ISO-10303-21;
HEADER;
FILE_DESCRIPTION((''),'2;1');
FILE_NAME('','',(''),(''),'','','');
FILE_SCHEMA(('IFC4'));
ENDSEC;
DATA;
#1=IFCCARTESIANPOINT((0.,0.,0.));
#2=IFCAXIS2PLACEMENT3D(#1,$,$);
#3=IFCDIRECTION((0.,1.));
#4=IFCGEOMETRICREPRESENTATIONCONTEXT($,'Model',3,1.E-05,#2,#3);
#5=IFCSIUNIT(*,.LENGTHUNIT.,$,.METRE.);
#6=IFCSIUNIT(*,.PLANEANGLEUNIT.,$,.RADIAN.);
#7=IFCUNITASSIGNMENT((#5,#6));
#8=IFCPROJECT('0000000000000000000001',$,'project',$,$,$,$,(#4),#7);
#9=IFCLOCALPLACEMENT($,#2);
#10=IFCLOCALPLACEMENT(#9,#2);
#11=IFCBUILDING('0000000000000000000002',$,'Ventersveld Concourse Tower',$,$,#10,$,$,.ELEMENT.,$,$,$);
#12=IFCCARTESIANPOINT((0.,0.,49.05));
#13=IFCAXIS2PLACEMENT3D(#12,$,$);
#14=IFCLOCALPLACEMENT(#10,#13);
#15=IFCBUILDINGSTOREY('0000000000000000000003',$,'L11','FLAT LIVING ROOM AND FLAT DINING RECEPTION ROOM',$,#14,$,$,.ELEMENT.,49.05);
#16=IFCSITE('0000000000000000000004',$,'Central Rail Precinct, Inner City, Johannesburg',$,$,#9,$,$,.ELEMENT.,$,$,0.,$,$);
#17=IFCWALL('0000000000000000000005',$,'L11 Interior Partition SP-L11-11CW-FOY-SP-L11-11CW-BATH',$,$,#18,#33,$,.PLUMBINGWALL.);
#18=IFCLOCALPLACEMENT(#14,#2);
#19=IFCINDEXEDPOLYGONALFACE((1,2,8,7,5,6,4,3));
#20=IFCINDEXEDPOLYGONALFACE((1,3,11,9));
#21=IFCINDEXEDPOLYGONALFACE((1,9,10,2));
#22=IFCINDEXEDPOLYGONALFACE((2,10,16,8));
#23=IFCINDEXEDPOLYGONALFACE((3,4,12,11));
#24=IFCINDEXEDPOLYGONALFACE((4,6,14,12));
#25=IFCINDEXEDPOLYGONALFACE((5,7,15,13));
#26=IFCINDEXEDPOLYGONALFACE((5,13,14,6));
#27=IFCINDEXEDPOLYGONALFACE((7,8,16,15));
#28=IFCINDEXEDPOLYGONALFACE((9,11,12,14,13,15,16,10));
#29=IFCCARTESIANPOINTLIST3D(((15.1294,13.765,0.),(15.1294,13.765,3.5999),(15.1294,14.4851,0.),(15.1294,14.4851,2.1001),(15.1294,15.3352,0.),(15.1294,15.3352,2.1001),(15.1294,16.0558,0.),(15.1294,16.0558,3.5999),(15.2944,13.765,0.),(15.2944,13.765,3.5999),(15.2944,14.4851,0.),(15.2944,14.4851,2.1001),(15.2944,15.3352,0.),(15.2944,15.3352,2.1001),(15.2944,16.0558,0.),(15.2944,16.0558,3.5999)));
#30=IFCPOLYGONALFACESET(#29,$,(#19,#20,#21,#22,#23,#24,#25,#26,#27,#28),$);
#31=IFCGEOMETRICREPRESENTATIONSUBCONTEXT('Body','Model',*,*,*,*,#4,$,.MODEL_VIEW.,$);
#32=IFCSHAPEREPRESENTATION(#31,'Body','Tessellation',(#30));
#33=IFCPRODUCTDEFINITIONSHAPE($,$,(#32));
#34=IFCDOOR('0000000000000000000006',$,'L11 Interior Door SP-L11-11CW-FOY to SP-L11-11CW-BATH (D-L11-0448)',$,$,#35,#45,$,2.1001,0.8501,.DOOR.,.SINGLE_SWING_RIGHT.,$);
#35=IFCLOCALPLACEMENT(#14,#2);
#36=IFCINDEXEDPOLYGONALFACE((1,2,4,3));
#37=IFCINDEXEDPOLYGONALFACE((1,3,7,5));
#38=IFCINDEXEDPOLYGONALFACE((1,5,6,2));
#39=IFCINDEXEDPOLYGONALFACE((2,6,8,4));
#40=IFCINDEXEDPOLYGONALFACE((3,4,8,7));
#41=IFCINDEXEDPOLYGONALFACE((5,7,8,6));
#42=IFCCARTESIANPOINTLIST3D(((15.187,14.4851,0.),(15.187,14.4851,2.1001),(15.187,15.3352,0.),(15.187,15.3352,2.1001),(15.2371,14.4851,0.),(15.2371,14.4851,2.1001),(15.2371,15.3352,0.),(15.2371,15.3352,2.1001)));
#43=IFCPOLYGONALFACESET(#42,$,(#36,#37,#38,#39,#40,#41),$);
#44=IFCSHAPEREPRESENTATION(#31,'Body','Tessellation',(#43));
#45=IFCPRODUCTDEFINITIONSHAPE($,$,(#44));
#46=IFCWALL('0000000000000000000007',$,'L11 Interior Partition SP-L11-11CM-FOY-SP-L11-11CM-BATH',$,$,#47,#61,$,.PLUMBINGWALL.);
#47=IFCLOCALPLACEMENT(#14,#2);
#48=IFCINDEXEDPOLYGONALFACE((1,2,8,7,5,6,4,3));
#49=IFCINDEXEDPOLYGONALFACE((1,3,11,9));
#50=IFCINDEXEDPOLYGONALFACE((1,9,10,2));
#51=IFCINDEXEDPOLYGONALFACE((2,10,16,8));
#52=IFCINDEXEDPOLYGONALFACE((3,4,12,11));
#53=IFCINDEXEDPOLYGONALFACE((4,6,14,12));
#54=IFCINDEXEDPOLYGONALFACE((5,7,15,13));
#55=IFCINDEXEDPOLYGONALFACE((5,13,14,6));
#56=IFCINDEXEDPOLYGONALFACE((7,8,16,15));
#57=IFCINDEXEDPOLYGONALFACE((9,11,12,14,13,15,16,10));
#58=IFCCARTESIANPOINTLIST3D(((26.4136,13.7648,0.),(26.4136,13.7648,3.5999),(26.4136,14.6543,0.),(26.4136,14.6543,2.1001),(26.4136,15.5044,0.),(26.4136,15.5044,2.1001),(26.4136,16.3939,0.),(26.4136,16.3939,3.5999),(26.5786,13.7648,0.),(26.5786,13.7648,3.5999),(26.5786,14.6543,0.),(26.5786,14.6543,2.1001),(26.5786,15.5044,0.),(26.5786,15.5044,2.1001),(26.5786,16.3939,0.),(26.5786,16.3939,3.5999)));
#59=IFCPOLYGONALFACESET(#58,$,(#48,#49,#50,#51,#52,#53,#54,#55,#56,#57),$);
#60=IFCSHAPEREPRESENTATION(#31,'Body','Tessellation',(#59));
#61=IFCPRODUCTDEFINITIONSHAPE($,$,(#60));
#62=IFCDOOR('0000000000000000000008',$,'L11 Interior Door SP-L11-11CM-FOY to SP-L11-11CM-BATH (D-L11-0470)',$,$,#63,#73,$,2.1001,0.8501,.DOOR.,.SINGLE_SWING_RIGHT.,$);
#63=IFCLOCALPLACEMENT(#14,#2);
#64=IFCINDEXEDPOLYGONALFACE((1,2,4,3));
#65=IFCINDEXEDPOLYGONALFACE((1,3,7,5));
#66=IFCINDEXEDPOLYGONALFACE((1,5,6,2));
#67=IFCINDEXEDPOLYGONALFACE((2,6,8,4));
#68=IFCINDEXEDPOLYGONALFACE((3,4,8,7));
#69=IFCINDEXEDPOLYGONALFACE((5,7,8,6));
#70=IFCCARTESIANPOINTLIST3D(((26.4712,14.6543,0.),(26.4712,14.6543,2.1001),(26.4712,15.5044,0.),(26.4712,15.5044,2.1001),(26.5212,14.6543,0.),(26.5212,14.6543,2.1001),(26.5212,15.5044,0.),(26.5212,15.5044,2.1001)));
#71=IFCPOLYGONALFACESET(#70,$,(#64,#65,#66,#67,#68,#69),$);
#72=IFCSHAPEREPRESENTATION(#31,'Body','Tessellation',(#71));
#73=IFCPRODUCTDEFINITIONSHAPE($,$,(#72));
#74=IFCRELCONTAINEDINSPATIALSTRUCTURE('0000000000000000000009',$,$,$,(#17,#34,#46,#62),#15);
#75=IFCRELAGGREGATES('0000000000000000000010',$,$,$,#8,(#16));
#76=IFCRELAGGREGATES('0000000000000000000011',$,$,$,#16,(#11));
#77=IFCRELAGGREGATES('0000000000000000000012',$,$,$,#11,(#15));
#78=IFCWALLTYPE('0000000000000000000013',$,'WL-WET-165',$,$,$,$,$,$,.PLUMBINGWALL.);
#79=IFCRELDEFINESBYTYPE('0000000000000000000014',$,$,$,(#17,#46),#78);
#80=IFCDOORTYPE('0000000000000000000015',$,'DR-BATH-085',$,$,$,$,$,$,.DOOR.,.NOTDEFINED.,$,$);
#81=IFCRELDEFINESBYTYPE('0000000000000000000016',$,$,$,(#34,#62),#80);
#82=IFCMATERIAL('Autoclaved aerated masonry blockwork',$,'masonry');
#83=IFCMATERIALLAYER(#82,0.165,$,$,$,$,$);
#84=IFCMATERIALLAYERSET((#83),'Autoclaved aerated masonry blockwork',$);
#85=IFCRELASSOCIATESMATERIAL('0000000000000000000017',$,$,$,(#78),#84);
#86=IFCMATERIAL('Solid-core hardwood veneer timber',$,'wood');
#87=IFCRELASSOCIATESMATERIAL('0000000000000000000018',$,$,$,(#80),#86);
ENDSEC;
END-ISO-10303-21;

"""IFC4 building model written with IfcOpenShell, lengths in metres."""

from ifc_helpers import new_model, si_unit, direction, frame, frame_2d, origin, place, context, subcontext, project, spatial, rectangle, extrude, material, layer, layer_set, type_object, element, fill, save


model = new_model("IFC4")

# Units and contexts
model_context = context("Model", 3, precision=1e-05, world=origin(), true_north=direction((0.0, 1.0)))
body_context = subcontext(model_context, "Body", "Model", "MODEL_VIEW")
ifc_project = project(units=[si_unit("LENGTHUNIT", "METRE"), si_unit("PLANEANGLEUNIT", "RADIAN")], contexts=[model_context])

# Site, building, storey
site_placement = place(None, origin())
site = spatial("IfcSite", under=ifc_project, at=site_placement, Name="Central Rail Precinct, Inner City, Johannesburg", CompositionType="ELEMENT", RefElevation=0.0)
building_placement = place(site_placement, origin())
building = spatial("IfcBuilding", under=site, at=building_placement, Name="Ventersveld Concourse Tower", CompositionType="ELEMENT")
storey_placement = place(building_placement, frame((0.0, 0.0, 49.05)))
storey = spatial("IfcBuildingStorey", under=building, at=storey_placement, Name="L11", Description="FLAT LIVING ROOM AND FLAT DINING RECEPTION ROOM", CompositionType="ELEMENT", Elevation=49.05)

# Shared definitions
ifc_material_1 = material(Name="Solid-core hardwood veneer timber", Category="wood")

# Walls, openings, doors
ifc_material_2 = material(Name="Autoclaved aerated masonry blockwork", Category="masonry")
ifc_layer_1 = layer(ifc_material_2, 0.165)
ifc_layer_set_1 = layer_set([ifc_layer_1], Name="Autoclaved aerated masonry blockwork")
wall_type_1 = type_object("IfcWallType", Name="WL-WET-165", PredefinedType="PLUMBINGWALL", material=ifc_layer_set_1)
wall_1_placement = place(storey_placement, frame((15.2119, 13.7649, 0.0), z_axis=(0.0, 0.0, 1.0), x_axis=(0.0, 1.0, 0.0)))
wall_1 = element("IfcWall", 1, at=wall_1_placement, inside=storey, type_object=wall_type_1, Name="L11 Interior Partition SP-L11-11CW-FOY-SP-L11-11CW-BATH", PredefinedType="PLUMBINGWALL", context=body_context, shape_type="SweptSolid", body=[
    extrude(rectangle(XDim=2.2908, YDim=0.165, at=frame_2d((1.1455, 0.0))), origin(), (0.0, 0.0, 1.0), 3.5999),
])
opening_1_placement = place(wall_1_placement, frame((0.7202, 0.0, 0.0)))
opening_1 = element("IfcOpeningElement", 2, at=opening_1_placement, cuts=wall_1, PredefinedType="OPENING", context=body_context, shape_type="SweptSolid", body=[
    extrude(rectangle(XDim=0.8501, YDim=2.1001, at=frame_2d((0.425, 1.05))), frame((0.0, 0.0925, 0.0), z_axis=(0.0, -1.0, 0.0), x_axis=(1.0, 0.0, 0.0)), (0.0, 0.0, 1.0), 0.1851),
])
door_type_1 = type_object("IfcDoorType", Name="DR-BATH-085", OperationType="NOTDEFINED", PredefinedType="DOOR", material=ifc_material_1)
door_1_placement = place(opening_1_placement, origin())
door_1 = element("IfcDoor", 3, at=door_1_placement, inside=storey, type_object=door_type_1, Name="L11 Interior Door SP-L11-11CW-FOY to SP-L11-11CW-BATH (D-L11-0448)", OperationType="SINGLE_SWING_RIGHT", OverallHeight=2.1001, OverallWidth=0.8501, PredefinedType="DOOR", context=body_context, shape_type="SweptSolid", body=[
    extrude(rectangle(XDim=0.8501, YDim=2.1001, at=frame_2d((0.425, 1.05))), frame((0.0, 0.0249, 0.0), z_axis=(0.0, -1.0, 0.0), x_axis=(1.0, 0.0, 0.0)), (0.0, 0.0, 1.0), 0.05),
])
fill(opening_1, door_1)
wall_2_placement = place(storey_placement, frame((26.4961, 13.7649, 0.0), z_axis=(0.0, 0.0, 1.0), x_axis=(0.0, 1.0, 0.0)))
wall_2 = element("IfcWall", 4, at=wall_2_placement, inside=storey, type_object=wall_type_1, Name="L11 Interior Partition SP-L11-11CM-FOY-SP-L11-11CM-BATH", PredefinedType="PLUMBINGWALL", context=body_context, shape_type="SweptSolid", body=[
    extrude(rectangle(XDim=2.6292, YDim=0.165, at=frame_2d((1.3145, 0.0))), origin(), (0.0, 0.0, 1.0), 3.5999),
])
opening_2_placement = place(wall_2_placement, frame((0.8894, 0.0, 0.0)))
opening_2 = element("IfcOpeningElement", 5, at=opening_2_placement, cuts=wall_2, PredefinedType="OPENING", context=body_context, shape_type="SweptSolid", body=[
    extrude(rectangle(XDim=0.8501, YDim=2.1001, at=frame_2d((0.425, 1.05))), frame((0.0, 0.0925, 0.0), z_axis=(0.0, -1.0, 0.0), x_axis=(1.0, 0.0, 0.0)), (0.0, 0.0, 1.0), 0.1851),
])
door_2_placement = place(opening_2_placement, origin())
door_2 = element("IfcDoor", 6, at=door_2_placement, inside=storey, type_object=door_type_1, Name="L11 Interior Door SP-L11-11CM-FOY to SP-L11-11CM-BATH (D-L11-0470)", OperationType="SINGLE_SWING_RIGHT", OverallHeight=2.1001, OverallWidth=0.8501, PredefinedType="DOOR", context=body_context, shape_type="SweptSolid", body=[
    extrude(rectangle(XDim=0.8501, YDim=2.1001, at=frame_2d((0.425, 1.05))), frame((0.0, 0.0249, 0.0), z_axis=(0.0, -1.0, 0.0), x_axis=(1.0, 0.0, 0.0)), (0.0, 0.0, 1.0), 0.05),
])
fill(opening_2, door_2)

save(model, "model.ifc")
